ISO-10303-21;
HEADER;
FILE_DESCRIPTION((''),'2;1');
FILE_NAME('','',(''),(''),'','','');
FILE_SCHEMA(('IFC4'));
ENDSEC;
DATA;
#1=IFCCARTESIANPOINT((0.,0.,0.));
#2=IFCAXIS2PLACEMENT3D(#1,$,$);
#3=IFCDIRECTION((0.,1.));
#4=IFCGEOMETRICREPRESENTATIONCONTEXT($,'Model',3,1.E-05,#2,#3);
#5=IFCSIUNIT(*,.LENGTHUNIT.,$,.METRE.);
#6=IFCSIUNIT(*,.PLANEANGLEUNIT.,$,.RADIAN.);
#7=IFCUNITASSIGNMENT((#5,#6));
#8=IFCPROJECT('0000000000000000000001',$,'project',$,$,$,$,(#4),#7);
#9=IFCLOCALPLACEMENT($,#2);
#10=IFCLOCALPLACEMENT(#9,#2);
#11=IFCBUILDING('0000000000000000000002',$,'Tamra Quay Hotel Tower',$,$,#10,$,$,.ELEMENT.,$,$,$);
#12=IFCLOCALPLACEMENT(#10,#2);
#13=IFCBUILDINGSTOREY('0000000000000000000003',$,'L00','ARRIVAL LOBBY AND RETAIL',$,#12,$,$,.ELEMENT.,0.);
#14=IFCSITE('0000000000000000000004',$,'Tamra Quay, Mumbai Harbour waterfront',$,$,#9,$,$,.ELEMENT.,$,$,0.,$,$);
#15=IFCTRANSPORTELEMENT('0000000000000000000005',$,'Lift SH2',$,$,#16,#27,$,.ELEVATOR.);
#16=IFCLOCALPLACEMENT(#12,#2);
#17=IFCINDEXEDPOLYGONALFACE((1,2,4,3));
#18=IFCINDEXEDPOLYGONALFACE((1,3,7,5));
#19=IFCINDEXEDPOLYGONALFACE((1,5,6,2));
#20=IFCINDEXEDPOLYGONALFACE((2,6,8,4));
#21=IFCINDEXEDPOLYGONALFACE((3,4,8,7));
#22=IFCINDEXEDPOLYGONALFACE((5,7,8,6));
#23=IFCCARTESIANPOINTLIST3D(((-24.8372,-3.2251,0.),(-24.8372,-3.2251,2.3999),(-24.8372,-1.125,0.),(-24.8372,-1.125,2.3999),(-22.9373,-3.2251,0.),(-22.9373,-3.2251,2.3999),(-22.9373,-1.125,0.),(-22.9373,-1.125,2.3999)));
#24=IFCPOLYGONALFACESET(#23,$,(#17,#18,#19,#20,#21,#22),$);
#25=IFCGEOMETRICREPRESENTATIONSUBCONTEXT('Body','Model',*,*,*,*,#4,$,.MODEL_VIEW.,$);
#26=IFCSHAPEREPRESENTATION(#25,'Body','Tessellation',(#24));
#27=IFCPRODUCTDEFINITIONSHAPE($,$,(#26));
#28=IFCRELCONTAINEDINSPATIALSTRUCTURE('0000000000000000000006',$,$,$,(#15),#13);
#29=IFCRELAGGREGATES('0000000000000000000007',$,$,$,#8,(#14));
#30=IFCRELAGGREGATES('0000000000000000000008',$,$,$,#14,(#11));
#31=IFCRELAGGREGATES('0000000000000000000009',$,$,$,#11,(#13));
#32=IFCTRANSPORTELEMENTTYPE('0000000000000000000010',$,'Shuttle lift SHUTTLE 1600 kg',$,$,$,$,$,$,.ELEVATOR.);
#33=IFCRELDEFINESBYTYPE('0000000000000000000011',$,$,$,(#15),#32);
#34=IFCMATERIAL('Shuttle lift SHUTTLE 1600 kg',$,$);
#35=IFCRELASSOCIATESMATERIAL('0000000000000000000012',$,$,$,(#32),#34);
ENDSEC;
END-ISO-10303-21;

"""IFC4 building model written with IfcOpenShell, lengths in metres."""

from ifc_helpers import new_model, si_unit, direction, frame, origin, origin_2d, place, context, subcontext, project, spatial, rectangle, extrude, material, type_object, element, save


model = new_model("IFC4")

# Units and contexts
model_context = context("Model", 3, precision=1e-05, world=origin(), true_north=direction((0.0, 1.0)))
body_context = subcontext(model_context, "Body", "Model", "MODEL_VIEW")
ifc_project = project(units=[si_unit("LENGTHUNIT", "METRE"), si_unit("PLANEANGLEUNIT", "RADIAN")], contexts=[model_context])

# Site, building, storey
site_placement = place(None, origin())
site = spatial("IfcSite", under=ifc_project, at=site_placement, Name="Tamra Quay, Mumbai Harbour waterfront", CompositionType="ELEMENT", RefElevation=0.0)
building_placement = place(site_placement, origin())
building = spatial("IfcBuilding", under=site, at=building_placement, Name="Tamra Quay Hotel Tower", CompositionType="ELEMENT")
storey_placement = place(building_placement, origin())
storey = spatial("IfcBuildingStorey", under=building, at=storey_placement, Name="L00", Description="ARRIVAL LOBBY AND RETAIL", CompositionType="ELEMENT", Elevation=0.0)

# Transport element
ifc_material_1 = material(Name="Shuttle lift SHUTTLE 1600 kg")
transport_element_type_1 = type_object("IfcTransportElementType", Name="Shuttle lift SHUTTLE 1600 kg", PredefinedType="ELEVATOR", material=ifc_material_1)
transport_element_1_placement = place(storey_placement, frame((-23.8872, -2.175, 0.0), z_axis=(0.0, 0.0, 1.0), x_axis=(0.0, 1.0, 0.0)))
element("IfcTransportElement", 1, at=transport_element_1_placement, inside=storey, type_object=transport_element_type_1, Name="Lift SH2", PredefinedType="ELEVATOR", context=body_context, shape_type="SweptSolid", body=[
    extrude(rectangle(XDim=2.1001, YDim=1.8999, at=origin_2d()), origin(), (0.0, 0.0, 1.0), 2.3999),
])

save(model, "model.ifc")
